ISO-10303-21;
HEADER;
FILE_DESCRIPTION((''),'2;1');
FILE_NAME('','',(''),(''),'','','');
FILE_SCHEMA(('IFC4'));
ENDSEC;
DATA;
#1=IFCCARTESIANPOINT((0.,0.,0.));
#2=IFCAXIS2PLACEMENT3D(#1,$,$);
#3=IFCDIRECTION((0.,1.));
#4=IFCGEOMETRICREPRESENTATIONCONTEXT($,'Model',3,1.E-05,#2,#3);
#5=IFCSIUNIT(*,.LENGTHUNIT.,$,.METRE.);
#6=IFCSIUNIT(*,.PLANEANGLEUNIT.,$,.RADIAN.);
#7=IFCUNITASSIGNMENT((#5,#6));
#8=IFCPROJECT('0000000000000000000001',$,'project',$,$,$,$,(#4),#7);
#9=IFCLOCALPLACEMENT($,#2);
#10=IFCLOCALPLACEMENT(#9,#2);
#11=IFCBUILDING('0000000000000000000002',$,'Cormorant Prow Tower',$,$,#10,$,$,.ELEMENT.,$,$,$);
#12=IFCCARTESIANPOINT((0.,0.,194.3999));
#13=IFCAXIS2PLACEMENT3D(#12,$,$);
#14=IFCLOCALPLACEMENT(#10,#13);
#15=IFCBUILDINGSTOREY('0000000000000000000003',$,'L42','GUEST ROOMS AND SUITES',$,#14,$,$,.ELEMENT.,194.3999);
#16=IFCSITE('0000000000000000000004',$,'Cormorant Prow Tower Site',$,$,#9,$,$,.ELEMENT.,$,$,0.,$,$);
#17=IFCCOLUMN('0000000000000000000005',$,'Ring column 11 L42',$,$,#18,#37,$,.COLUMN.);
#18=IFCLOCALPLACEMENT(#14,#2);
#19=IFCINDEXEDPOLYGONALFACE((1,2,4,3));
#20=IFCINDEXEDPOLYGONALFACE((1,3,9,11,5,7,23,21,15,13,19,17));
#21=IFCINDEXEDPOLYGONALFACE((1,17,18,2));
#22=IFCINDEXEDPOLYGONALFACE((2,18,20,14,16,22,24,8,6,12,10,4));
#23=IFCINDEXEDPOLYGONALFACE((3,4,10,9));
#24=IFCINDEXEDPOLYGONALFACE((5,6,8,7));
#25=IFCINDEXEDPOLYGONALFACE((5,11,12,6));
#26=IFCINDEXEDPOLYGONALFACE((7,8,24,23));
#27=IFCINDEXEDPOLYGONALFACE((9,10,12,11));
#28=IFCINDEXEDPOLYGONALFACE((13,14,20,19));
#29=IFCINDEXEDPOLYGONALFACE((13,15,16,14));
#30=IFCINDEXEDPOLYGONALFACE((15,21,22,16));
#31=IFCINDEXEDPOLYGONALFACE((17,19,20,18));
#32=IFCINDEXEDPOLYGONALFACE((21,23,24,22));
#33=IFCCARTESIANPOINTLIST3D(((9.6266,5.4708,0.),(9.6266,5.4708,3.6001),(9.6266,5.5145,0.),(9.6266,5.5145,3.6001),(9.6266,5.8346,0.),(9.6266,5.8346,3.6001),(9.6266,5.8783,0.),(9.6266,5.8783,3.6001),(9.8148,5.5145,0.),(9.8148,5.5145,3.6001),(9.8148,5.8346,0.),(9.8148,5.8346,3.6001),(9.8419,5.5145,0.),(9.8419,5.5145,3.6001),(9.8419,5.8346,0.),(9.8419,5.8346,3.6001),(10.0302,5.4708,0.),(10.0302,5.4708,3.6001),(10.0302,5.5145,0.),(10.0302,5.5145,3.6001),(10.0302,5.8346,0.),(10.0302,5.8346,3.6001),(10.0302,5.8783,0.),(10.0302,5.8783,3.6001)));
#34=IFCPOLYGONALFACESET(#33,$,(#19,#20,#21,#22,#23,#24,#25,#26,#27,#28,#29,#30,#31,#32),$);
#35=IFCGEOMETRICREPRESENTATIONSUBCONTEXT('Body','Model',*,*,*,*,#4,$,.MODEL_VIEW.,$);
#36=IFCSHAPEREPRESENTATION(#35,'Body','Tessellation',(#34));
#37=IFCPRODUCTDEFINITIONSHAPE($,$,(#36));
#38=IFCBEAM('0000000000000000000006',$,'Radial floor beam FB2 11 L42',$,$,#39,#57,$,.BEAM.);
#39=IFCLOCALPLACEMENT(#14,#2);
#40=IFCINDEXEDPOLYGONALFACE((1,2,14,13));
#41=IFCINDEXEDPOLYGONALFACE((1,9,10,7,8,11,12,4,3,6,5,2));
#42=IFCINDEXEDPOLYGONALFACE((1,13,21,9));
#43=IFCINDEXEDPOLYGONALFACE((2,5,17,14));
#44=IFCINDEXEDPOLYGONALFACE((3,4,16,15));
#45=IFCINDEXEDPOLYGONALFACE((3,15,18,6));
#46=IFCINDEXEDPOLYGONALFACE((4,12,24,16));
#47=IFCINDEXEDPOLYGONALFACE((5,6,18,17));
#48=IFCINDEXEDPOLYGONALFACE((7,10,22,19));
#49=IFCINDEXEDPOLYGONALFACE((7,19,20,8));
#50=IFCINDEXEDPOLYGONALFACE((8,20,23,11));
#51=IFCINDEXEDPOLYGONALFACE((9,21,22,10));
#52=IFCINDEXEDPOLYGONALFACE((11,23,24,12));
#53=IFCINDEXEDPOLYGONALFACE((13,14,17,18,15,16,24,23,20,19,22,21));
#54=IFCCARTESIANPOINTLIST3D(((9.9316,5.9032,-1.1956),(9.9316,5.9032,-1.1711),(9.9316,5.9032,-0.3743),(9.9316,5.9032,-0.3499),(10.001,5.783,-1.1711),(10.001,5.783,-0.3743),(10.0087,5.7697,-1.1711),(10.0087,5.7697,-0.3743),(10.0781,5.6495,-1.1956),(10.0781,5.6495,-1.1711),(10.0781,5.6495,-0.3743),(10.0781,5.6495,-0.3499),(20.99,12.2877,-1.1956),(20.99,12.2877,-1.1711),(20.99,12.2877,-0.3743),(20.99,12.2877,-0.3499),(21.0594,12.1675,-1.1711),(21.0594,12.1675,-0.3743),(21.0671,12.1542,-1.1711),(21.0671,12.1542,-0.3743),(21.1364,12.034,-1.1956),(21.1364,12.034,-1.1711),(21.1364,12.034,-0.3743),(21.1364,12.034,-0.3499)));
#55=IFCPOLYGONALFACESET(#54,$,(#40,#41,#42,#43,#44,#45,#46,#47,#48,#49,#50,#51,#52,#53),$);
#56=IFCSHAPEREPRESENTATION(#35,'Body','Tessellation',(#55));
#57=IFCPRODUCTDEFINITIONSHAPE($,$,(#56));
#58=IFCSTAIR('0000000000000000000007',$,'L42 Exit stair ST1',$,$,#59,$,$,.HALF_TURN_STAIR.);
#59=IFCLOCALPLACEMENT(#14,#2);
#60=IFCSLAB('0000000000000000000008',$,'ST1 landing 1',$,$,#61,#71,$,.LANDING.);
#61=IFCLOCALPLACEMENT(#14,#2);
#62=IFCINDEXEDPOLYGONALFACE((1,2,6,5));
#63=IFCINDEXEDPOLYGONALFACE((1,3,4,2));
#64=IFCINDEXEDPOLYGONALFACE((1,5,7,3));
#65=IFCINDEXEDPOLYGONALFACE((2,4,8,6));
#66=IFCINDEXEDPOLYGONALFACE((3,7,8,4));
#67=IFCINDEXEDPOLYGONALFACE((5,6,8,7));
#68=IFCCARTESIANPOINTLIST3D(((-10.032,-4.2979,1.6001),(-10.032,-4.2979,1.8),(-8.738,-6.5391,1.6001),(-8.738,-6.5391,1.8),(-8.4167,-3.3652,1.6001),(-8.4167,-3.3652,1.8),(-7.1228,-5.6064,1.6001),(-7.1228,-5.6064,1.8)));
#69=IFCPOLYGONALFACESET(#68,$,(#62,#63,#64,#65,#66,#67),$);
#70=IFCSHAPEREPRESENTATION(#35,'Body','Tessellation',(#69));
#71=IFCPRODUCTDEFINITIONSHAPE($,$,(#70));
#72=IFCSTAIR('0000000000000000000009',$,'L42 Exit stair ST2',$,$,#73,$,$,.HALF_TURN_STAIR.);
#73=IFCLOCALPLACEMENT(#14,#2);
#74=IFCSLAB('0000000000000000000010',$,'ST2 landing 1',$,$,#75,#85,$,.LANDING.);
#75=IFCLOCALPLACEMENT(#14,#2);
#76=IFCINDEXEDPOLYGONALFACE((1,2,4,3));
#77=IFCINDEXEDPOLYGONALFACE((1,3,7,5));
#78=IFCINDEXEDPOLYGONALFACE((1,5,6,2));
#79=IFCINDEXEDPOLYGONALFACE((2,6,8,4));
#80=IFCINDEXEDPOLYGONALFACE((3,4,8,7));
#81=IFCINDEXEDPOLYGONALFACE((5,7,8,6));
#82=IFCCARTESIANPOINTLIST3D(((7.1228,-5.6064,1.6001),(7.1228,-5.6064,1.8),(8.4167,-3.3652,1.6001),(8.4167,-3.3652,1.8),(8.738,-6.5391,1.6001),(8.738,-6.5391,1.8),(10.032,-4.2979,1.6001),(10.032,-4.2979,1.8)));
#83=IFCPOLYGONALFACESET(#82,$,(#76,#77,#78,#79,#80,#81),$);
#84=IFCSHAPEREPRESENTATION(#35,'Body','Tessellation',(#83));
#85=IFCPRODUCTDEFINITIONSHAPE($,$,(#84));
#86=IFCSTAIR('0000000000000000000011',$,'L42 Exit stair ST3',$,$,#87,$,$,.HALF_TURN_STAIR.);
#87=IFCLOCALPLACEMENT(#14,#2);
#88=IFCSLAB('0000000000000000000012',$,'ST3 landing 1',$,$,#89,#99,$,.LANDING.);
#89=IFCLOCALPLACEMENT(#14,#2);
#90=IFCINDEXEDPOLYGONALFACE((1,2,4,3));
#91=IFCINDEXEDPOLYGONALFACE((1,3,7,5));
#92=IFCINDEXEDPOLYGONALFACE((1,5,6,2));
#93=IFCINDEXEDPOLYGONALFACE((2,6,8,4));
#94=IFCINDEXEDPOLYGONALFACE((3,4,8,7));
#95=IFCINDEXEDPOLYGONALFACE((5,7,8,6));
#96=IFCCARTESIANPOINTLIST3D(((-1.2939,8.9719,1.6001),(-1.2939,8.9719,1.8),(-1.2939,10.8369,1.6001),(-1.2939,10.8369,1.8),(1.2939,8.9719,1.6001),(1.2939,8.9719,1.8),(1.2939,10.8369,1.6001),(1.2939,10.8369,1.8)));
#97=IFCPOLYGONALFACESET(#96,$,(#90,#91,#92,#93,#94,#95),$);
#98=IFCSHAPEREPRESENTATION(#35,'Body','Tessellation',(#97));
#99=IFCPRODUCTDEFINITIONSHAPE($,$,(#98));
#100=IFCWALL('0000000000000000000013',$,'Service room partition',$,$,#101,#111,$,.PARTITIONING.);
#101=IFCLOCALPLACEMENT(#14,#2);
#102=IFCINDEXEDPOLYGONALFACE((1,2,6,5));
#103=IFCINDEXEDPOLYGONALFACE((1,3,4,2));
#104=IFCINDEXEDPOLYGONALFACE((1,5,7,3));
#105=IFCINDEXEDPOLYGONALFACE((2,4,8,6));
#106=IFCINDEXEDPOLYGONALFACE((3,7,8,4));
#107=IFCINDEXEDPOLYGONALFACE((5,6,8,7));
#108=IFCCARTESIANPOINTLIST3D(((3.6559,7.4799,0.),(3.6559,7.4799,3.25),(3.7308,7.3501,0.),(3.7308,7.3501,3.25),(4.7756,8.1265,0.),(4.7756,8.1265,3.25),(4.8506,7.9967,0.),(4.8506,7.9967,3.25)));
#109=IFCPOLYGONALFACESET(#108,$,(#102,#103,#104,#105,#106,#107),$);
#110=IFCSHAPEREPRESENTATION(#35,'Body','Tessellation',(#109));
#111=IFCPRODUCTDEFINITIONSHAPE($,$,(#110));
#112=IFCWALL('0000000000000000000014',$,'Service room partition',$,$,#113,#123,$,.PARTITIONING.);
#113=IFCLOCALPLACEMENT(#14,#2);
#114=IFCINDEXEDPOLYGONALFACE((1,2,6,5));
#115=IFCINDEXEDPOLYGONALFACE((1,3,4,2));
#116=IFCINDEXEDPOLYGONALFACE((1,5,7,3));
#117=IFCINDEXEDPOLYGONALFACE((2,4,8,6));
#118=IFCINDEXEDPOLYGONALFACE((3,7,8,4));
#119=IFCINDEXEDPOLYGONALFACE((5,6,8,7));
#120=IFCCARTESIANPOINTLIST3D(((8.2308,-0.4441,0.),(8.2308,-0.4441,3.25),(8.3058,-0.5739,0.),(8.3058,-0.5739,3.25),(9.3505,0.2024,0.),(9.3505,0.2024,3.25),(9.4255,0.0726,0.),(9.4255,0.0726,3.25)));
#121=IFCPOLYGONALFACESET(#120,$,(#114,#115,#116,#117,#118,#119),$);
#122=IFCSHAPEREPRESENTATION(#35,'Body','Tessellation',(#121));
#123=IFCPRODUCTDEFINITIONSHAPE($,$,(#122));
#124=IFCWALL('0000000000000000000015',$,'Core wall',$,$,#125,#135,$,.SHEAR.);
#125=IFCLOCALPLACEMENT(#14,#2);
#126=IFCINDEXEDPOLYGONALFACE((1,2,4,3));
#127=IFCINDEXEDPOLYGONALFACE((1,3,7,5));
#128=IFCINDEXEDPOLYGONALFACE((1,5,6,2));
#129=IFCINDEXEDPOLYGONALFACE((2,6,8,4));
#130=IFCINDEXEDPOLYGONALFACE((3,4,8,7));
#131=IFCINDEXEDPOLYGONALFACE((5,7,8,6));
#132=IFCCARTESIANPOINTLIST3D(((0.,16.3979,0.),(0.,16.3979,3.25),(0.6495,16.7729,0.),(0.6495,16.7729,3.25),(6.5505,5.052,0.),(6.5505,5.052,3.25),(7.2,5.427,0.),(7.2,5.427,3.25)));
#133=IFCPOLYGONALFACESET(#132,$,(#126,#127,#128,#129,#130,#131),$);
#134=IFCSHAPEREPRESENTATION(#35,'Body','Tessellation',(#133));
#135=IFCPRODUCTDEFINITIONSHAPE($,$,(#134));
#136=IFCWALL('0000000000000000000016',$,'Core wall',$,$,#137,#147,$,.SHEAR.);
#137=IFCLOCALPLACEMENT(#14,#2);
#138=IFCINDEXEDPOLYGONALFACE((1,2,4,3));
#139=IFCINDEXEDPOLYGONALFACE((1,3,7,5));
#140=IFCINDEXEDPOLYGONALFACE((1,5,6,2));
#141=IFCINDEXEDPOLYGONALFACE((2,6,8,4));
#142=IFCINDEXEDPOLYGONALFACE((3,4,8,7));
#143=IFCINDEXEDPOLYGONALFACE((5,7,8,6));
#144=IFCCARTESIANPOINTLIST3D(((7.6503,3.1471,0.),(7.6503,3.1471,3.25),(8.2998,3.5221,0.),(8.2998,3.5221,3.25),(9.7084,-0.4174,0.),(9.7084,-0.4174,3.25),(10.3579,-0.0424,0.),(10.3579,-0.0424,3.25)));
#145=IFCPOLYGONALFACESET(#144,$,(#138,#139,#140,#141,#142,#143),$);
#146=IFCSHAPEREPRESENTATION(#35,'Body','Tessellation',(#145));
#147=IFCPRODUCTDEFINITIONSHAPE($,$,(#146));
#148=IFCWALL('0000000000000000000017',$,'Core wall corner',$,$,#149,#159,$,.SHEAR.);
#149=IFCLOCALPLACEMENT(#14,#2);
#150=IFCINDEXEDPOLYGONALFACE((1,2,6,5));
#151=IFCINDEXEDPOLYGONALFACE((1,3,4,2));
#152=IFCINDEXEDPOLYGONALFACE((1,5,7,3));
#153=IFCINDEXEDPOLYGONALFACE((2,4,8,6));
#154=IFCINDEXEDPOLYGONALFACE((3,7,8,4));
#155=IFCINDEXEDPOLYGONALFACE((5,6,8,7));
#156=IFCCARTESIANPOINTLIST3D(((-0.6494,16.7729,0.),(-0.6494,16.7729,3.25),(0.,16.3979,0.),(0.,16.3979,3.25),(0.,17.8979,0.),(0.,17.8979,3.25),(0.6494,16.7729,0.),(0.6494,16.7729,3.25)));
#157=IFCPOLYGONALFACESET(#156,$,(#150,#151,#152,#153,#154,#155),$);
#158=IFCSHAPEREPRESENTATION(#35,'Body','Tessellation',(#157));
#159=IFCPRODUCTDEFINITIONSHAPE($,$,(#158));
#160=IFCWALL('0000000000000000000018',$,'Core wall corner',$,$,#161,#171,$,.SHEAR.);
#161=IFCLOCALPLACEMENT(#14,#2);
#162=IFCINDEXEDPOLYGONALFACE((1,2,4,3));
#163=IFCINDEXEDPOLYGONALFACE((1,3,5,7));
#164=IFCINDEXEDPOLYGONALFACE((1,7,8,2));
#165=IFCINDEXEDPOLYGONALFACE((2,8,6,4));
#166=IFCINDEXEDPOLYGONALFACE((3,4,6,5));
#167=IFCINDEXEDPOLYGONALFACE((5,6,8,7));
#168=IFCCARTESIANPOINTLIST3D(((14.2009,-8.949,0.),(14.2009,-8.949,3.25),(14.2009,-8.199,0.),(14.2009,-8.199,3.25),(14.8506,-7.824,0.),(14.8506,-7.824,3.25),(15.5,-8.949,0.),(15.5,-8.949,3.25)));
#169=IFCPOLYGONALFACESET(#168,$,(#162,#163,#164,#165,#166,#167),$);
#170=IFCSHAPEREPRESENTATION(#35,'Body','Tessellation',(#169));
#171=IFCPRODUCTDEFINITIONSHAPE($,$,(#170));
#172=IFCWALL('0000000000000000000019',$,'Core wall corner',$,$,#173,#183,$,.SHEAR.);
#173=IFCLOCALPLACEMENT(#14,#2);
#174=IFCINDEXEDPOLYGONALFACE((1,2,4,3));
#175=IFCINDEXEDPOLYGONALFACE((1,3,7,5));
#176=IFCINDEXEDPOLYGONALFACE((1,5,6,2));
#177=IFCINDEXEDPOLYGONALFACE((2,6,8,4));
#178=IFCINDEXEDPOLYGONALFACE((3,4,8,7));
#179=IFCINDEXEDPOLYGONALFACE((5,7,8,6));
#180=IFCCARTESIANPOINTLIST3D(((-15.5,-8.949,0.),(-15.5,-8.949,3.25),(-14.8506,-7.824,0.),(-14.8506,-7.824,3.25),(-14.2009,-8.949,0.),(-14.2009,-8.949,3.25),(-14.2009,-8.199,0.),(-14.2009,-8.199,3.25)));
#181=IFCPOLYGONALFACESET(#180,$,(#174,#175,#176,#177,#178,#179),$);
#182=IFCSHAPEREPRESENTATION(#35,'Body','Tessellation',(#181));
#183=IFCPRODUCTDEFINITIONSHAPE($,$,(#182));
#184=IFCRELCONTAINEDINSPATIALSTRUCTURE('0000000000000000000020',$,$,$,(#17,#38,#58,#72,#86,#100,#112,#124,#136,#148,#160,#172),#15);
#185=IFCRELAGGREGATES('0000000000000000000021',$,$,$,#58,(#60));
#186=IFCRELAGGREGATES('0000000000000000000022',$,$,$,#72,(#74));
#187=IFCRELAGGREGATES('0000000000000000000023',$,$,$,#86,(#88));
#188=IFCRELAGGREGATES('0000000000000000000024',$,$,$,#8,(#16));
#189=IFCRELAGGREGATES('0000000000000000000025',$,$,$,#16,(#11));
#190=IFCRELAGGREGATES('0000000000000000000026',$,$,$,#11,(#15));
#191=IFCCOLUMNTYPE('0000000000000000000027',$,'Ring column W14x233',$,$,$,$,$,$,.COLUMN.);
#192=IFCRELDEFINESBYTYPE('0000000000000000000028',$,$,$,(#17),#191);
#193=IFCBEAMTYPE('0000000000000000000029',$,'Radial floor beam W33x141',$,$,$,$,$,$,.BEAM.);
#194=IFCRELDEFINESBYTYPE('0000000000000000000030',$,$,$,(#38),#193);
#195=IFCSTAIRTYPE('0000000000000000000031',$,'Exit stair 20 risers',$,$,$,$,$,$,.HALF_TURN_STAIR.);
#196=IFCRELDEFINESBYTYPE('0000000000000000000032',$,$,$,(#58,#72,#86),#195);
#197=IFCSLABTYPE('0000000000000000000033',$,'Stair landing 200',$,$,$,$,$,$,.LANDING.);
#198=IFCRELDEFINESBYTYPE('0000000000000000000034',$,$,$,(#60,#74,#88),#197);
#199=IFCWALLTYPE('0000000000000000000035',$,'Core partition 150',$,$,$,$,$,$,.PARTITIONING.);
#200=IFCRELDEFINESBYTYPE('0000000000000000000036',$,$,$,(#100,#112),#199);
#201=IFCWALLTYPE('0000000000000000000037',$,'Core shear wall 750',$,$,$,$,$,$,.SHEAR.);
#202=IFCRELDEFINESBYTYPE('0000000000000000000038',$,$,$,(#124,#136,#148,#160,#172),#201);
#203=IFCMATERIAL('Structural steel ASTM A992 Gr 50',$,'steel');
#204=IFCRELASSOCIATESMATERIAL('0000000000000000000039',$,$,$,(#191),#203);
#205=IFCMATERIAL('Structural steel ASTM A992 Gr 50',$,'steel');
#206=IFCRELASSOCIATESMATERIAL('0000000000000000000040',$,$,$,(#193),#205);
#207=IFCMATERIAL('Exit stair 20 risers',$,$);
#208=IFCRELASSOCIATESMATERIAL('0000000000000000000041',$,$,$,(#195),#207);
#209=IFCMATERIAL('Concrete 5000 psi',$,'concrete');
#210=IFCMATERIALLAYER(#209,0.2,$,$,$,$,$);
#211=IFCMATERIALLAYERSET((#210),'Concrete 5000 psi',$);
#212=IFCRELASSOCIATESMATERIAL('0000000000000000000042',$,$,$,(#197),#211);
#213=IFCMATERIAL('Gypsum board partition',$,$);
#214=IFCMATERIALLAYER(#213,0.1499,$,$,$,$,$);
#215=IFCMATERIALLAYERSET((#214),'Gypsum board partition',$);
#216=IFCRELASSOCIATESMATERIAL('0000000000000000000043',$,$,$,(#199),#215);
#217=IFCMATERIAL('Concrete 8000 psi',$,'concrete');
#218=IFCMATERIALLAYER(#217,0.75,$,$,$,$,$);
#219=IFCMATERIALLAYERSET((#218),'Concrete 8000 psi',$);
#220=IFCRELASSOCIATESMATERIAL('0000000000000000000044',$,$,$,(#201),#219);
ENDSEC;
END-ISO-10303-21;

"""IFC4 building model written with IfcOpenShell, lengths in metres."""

from ifc_helpers import new_model, si_unit, direction, frame, frame_2d, origin, origin_2d, place, context, subcontext, project, spatial, polyline, rectangle, i_section, outline, extrude, material, layer, layer_set, material_profile, profile_set, type_object, element, aggregate, save


model = new_model("IFC4")

# Units and contexts
model_context = context("Model", 3, precision=1e-05, world=origin(), true_north=direction((0.0, 1.0)))
body_context = subcontext(model_context, "Body", "Model", "MODEL_VIEW")
ifc_project = project(units=[si_unit("LENGTHUNIT", "METRE"), si_unit("PLANEANGLEUNIT", "RADIAN")], contexts=[model_context])

# Site, building, storey
site_placement = place(None, origin())
site = spatial("IfcSite", under=ifc_project, at=site_placement, Name="Cormorant Prow Tower Site", CompositionType="ELEMENT", RefElevation=0.0)
building_placement = place(site_placement, origin())
building = spatial("IfcBuilding", under=site, at=building_placement, Name="Cormorant Prow Tower", CompositionType="ELEMENT")
storey_placement = place(building_placement, frame((0.0, 0.0, 194.3999)))
storey = spatial("IfcBuildingStorey", under=building, at=storey_placement, Name="L42", Description="GUEST ROOMS AND SUITES", CompositionType="ELEMENT", Elevation=194.3999)

# Column
ifc_material_1 = material(Name="Structural steel ASTM A992 Gr 50", Category="steel")
ifc_material_profile_1 = material_profile(ifc_material_1, i_section(OverallWidth=0.4036, OverallDepth=0.4075, WebThickness=0.0271, FlangeThickness=0.0437, at=origin_2d()), Name="W14x233")
ifc_profile_set_1 = profile_set([ifc_material_profile_1], Name="Structural steel ASTM A992 Gr 50")
column_type = type_object("IfcColumnType", Name="Ring column W14x233", PredefinedType="COLUMN", material=ifc_profile_set_1)
column_placement = place(storey_placement, frame((9.8284, 5.6746, 0.0), z_axis=(0.0, 0.0, 1.0), x_axis=(1.0, 0.0, 0.0)))
element("IfcColumn", 1, at=column_placement, inside=storey, type_object=column_type, Name="Ring column 11 L42", PredefinedType="COLUMN", context=body_context, shape_type="SweptSolid", body=[
    extrude(i_section(OverallWidth=0.4036, OverallDepth=0.4075, WebThickness=0.0271, FlangeThickness=0.0437, at=origin_2d()), origin(), (0.0, 0.0, 1.0), 3.6001),
])

# Beam
ifc_material_2 = material(Name="Structural steel ASTM A992 Gr 50", Category="steel")
ifc_material_profile_2 = material_profile(ifc_material_2, i_section(OverallWidth=0.293, OverallDepth=0.8457, WebThickness=0.0154, FlangeThickness=0.0244, at=origin_2d()), Name="W33x141")
ifc_profile_set_2 = profile_set([ifc_material_profile_2], Name="Structural steel ASTM A992 Gr 50")
beam_type = type_object("IfcBeamType", Name="Radial floor beam W33x141", PredefinedType="BEAM", material=ifc_profile_set_2)
beam_placement = place(storey_placement, frame((10.0049, 5.7764, -0.7727), z_axis=(0.866026, 0.499999, 0.0), x_axis=(-0.499999, 0.866026, 0.0)))
element("IfcBeam", 2, at=beam_placement, inside=storey, type_object=beam_type, Name="Radial floor beam FB2 11 L42", PredefinedType="BEAM", context=body_context, shape_type="SweptSolid", body=[
    extrude(i_section(OverallWidth=0.293, OverallDepth=0.8457, WebThickness=0.0154, FlangeThickness=0.0244, at=origin_2d()), origin(), (0.0, 0.0, 1.0), 12.769),
])

# Stairs, slabs
ifc_material_3 = material(Name="Exit stair 20 risers")
stair_type = type_object("IfcStairType", Name="Exit stair 20 risers", PredefinedType="HALF_TURN_STAIR", material=ifc_material_3)
stair_1_placement = place(storey_placement, origin())
stair_1 = element("IfcStair", 3, at=stair_1_placement, inside=storey, type_object=stair_type, Name="L42 Exit stair ST1", PredefinedType="HALF_TURN_STAIR")
ifc_material_4 = material(Name="Concrete 5000 psi", Category="concrete")
ifc_layer_1 = layer(ifc_material_4, 0.2)
ifc_layer_set_1 = layer_set([ifc_layer_1], Name="Concrete 5000 psi")
slab_type = type_object("IfcSlabType", Name="Stair landing 200", PredefinedType="LANDING", material=ifc_layer_set_1)
slab_1_placement = place(storey_placement, frame((0.0, 0.0, 1.6001)))
slab_1 = element("IfcSlab", 4, at=slab_1_placement, type_object=slab_type, Name="ST1 landing 1", PredefinedType="LANDING", context=body_context, shape_type="SweptSolid", body=[
    extrude(outline(polyline([(-8.4167, -3.3652), (-10.032, -4.2979), (-8.738, -6.5391), (-7.1228, -5.6064), (-8.4167, -3.3652)])), origin(), (0.0, 0.0, 1.0), 0.2),
])
aggregate(stair_1, [slab_1])
stair_2_placement = place(storey_placement, origin())
stair_2 = element("IfcStair", 5, at=stair_2_placement, inside=storey, type_object=stair_type, Name="L42 Exit stair ST2", PredefinedType="HALF_TURN_STAIR")
slab_2_placement = place(storey_placement, frame((0.0, 0.0, 1.6001)))
slab_2 = element("IfcSlab", 6, at=slab_2_placement, type_object=slab_type, Name="ST2 landing 1", PredefinedType="LANDING", context=body_context, shape_type="SweptSolid", body=[
    extrude(outline(polyline([(7.1228, -5.6064), (8.738, -6.5391), (10.032, -4.2979), (8.4167, -3.3652), (7.1228, -5.6064)])), origin(), (0.0, 0.0, 1.0), 0.2),
])
aggregate(stair_2, [slab_2])
stair_3_placement = place(storey_placement, origin())
stair_3 = element("IfcStair", 7, at=stair_3_placement, inside=storey, type_object=stair_type, Name="L42 Exit stair ST3", PredefinedType="HALF_TURN_STAIR")
slab_3_placement = place(storey_placement, frame((0.0, 0.0, 1.6001)))
slab_3 = element("IfcSlab", 8, at=slab_3_placement, type_object=slab_type, Name="ST3 landing 1", PredefinedType="LANDING", context=body_context, shape_type="SweptSolid", body=[
    extrude(outline(polyline([(1.2939, 8.9719), (1.2939, 10.8369), (-1.2939, 10.8369), (-1.2939, 8.9719), (1.2939, 8.9719)])), origin(), (0.0, 0.0, 1.0), 0.2),
])

# Walls
ifc_material_5 = material(Name="Gypsum board partition")
ifc_layer_2 = layer(ifc_material_5, 0.1499)
ifc_layer_set_2 = layer_set([ifc_layer_2], Name="Gypsum board partition")
wall_type_1 = type_object("IfcWallType", Name="Core partition 150", PredefinedType="PARTITIONING", material=ifc_layer_set_2)
for number, where, z_axis, x_axis, name in (
    (9, (3.6934, 7.415, 0.0), (0.0, 0.0, 1.0), (0.866003, 0.500038, 0.0), "Service room partition"),
    (10, (8.2683, -0.509, 0.0), (0.0, 0.0, 1.0), (0.866003, 0.500038, 0.0), "Service room partition"),
):
    element("IfcWall", number, at=place(storey_placement, frame(where, z_axis=z_axis, x_axis=x_axis)), inside=storey, type_object=wall_type_1, Name=name, PredefinedType="PARTITIONING", context=body_context, shape_type="SweptSolid", body=[
        extrude(rectangle(XDim=1.293, YDim=0.1499, at=frame_2d((0.6465, 0.0))), origin(), (0.0, 0.0, 1.0), 3.25),
    ])
ifc_material_6 = material(Name="Concrete 8000 psi", Category="concrete")
ifc_layer_3 = layer(ifc_material_6, 0.75)
ifc_layer_set_3 = layer_set([ifc_layer_3], Name="Concrete 8000 psi")
wall_type_2 = type_object("IfcWallType", Name="Core shear wall 750", PredefinedType="SHEAR", material=ifc_layer_set_3)
wall_1_placement = place(storey_placement, frame((6.8752, 5.2395, 0.0), z_axis=(0.0, 0.0, 1.0), x_axis=(-0.499997, 0.866027, 0.0)))
element("IfcWall", 11, at=wall_1_placement, inside=storey, type_object=wall_type_2, Name="Core wall", PredefinedType="SHEAR", context=body_context, shape_type="SweptSolid", body=[
    extrude(rectangle(XDim=13.1011, YDim=0.75, at=frame_2d((6.5505, 0.0))), origin(), (0.0, 0.0, 1.0), 3.25),
])
wall_2_placement = place(storey_placement, frame((10.0332, -0.23, 0.0), z_axis=(0.0, 0.0, 1.0), x_axis=(-0.500031, 0.866008, 0.0)))
element("IfcWall", 12, at=wall_2_placement, inside=storey, type_object=wall_type_2, Name="Core wall", PredefinedType="SHEAR", context=body_context, shape_type="SweptSolid", body=[
    extrude(rectangle(XDim=4.116, YDim=0.75, at=frame_2d((2.0581, 0.0))), origin(), (0.0, 0.0, 1.0), 3.25),
])
wall_3_placement = place(storey_placement, origin())
element("IfcWall", 13, at=wall_3_placement, inside=storey, type_object=wall_type_2, Name="Core wall corner", PredefinedType="SHEAR", context=body_context, shape_type="SweptSolid", body=[
    extrude(outline(polyline([(-0.6494, 16.7729), (0.0, 17.8979), (0.6494, 16.7729), (0.0, 16.3979), (-0.6494, 16.7729)])), origin(), (0.0, 0.0, 1.0), 3.25),
])
wall_4_placement = place(storey_placement, origin())
element("IfcWall", 14, at=wall_4_placement, inside=storey, type_object=wall_type_2, Name="Core wall corner", PredefinedType="SHEAR", context=body_context, shape_type="SweptSolid", body=[
    extrude(outline(polyline([(14.2009, -8.949), (14.2009, -8.199), (14.8506, -7.824), (15.5, -8.949), (14.2009, -8.949)])), origin(), (0.0, 0.0, 1.0), 3.25),
])
wall_5_placement = place(storey_placement, origin())
element("IfcWall", 15, at=wall_5_placement, inside=storey, type_object=wall_type_2, Name="Core wall corner", PredefinedType="SHEAR", context=body_context, shape_type="SweptSolid", body=[
    extrude(outline(polyline([(-14.8506, -7.824), (-14.2009, -8.199), (-14.2009, -8.949), (-15.5, -8.949), (-14.8506, -7.824)])), origin(), (0.0, 0.0, 1.0), 3.25),
])

aggregate(stair_3, [slab_3])

save(model, "model.ifc")
